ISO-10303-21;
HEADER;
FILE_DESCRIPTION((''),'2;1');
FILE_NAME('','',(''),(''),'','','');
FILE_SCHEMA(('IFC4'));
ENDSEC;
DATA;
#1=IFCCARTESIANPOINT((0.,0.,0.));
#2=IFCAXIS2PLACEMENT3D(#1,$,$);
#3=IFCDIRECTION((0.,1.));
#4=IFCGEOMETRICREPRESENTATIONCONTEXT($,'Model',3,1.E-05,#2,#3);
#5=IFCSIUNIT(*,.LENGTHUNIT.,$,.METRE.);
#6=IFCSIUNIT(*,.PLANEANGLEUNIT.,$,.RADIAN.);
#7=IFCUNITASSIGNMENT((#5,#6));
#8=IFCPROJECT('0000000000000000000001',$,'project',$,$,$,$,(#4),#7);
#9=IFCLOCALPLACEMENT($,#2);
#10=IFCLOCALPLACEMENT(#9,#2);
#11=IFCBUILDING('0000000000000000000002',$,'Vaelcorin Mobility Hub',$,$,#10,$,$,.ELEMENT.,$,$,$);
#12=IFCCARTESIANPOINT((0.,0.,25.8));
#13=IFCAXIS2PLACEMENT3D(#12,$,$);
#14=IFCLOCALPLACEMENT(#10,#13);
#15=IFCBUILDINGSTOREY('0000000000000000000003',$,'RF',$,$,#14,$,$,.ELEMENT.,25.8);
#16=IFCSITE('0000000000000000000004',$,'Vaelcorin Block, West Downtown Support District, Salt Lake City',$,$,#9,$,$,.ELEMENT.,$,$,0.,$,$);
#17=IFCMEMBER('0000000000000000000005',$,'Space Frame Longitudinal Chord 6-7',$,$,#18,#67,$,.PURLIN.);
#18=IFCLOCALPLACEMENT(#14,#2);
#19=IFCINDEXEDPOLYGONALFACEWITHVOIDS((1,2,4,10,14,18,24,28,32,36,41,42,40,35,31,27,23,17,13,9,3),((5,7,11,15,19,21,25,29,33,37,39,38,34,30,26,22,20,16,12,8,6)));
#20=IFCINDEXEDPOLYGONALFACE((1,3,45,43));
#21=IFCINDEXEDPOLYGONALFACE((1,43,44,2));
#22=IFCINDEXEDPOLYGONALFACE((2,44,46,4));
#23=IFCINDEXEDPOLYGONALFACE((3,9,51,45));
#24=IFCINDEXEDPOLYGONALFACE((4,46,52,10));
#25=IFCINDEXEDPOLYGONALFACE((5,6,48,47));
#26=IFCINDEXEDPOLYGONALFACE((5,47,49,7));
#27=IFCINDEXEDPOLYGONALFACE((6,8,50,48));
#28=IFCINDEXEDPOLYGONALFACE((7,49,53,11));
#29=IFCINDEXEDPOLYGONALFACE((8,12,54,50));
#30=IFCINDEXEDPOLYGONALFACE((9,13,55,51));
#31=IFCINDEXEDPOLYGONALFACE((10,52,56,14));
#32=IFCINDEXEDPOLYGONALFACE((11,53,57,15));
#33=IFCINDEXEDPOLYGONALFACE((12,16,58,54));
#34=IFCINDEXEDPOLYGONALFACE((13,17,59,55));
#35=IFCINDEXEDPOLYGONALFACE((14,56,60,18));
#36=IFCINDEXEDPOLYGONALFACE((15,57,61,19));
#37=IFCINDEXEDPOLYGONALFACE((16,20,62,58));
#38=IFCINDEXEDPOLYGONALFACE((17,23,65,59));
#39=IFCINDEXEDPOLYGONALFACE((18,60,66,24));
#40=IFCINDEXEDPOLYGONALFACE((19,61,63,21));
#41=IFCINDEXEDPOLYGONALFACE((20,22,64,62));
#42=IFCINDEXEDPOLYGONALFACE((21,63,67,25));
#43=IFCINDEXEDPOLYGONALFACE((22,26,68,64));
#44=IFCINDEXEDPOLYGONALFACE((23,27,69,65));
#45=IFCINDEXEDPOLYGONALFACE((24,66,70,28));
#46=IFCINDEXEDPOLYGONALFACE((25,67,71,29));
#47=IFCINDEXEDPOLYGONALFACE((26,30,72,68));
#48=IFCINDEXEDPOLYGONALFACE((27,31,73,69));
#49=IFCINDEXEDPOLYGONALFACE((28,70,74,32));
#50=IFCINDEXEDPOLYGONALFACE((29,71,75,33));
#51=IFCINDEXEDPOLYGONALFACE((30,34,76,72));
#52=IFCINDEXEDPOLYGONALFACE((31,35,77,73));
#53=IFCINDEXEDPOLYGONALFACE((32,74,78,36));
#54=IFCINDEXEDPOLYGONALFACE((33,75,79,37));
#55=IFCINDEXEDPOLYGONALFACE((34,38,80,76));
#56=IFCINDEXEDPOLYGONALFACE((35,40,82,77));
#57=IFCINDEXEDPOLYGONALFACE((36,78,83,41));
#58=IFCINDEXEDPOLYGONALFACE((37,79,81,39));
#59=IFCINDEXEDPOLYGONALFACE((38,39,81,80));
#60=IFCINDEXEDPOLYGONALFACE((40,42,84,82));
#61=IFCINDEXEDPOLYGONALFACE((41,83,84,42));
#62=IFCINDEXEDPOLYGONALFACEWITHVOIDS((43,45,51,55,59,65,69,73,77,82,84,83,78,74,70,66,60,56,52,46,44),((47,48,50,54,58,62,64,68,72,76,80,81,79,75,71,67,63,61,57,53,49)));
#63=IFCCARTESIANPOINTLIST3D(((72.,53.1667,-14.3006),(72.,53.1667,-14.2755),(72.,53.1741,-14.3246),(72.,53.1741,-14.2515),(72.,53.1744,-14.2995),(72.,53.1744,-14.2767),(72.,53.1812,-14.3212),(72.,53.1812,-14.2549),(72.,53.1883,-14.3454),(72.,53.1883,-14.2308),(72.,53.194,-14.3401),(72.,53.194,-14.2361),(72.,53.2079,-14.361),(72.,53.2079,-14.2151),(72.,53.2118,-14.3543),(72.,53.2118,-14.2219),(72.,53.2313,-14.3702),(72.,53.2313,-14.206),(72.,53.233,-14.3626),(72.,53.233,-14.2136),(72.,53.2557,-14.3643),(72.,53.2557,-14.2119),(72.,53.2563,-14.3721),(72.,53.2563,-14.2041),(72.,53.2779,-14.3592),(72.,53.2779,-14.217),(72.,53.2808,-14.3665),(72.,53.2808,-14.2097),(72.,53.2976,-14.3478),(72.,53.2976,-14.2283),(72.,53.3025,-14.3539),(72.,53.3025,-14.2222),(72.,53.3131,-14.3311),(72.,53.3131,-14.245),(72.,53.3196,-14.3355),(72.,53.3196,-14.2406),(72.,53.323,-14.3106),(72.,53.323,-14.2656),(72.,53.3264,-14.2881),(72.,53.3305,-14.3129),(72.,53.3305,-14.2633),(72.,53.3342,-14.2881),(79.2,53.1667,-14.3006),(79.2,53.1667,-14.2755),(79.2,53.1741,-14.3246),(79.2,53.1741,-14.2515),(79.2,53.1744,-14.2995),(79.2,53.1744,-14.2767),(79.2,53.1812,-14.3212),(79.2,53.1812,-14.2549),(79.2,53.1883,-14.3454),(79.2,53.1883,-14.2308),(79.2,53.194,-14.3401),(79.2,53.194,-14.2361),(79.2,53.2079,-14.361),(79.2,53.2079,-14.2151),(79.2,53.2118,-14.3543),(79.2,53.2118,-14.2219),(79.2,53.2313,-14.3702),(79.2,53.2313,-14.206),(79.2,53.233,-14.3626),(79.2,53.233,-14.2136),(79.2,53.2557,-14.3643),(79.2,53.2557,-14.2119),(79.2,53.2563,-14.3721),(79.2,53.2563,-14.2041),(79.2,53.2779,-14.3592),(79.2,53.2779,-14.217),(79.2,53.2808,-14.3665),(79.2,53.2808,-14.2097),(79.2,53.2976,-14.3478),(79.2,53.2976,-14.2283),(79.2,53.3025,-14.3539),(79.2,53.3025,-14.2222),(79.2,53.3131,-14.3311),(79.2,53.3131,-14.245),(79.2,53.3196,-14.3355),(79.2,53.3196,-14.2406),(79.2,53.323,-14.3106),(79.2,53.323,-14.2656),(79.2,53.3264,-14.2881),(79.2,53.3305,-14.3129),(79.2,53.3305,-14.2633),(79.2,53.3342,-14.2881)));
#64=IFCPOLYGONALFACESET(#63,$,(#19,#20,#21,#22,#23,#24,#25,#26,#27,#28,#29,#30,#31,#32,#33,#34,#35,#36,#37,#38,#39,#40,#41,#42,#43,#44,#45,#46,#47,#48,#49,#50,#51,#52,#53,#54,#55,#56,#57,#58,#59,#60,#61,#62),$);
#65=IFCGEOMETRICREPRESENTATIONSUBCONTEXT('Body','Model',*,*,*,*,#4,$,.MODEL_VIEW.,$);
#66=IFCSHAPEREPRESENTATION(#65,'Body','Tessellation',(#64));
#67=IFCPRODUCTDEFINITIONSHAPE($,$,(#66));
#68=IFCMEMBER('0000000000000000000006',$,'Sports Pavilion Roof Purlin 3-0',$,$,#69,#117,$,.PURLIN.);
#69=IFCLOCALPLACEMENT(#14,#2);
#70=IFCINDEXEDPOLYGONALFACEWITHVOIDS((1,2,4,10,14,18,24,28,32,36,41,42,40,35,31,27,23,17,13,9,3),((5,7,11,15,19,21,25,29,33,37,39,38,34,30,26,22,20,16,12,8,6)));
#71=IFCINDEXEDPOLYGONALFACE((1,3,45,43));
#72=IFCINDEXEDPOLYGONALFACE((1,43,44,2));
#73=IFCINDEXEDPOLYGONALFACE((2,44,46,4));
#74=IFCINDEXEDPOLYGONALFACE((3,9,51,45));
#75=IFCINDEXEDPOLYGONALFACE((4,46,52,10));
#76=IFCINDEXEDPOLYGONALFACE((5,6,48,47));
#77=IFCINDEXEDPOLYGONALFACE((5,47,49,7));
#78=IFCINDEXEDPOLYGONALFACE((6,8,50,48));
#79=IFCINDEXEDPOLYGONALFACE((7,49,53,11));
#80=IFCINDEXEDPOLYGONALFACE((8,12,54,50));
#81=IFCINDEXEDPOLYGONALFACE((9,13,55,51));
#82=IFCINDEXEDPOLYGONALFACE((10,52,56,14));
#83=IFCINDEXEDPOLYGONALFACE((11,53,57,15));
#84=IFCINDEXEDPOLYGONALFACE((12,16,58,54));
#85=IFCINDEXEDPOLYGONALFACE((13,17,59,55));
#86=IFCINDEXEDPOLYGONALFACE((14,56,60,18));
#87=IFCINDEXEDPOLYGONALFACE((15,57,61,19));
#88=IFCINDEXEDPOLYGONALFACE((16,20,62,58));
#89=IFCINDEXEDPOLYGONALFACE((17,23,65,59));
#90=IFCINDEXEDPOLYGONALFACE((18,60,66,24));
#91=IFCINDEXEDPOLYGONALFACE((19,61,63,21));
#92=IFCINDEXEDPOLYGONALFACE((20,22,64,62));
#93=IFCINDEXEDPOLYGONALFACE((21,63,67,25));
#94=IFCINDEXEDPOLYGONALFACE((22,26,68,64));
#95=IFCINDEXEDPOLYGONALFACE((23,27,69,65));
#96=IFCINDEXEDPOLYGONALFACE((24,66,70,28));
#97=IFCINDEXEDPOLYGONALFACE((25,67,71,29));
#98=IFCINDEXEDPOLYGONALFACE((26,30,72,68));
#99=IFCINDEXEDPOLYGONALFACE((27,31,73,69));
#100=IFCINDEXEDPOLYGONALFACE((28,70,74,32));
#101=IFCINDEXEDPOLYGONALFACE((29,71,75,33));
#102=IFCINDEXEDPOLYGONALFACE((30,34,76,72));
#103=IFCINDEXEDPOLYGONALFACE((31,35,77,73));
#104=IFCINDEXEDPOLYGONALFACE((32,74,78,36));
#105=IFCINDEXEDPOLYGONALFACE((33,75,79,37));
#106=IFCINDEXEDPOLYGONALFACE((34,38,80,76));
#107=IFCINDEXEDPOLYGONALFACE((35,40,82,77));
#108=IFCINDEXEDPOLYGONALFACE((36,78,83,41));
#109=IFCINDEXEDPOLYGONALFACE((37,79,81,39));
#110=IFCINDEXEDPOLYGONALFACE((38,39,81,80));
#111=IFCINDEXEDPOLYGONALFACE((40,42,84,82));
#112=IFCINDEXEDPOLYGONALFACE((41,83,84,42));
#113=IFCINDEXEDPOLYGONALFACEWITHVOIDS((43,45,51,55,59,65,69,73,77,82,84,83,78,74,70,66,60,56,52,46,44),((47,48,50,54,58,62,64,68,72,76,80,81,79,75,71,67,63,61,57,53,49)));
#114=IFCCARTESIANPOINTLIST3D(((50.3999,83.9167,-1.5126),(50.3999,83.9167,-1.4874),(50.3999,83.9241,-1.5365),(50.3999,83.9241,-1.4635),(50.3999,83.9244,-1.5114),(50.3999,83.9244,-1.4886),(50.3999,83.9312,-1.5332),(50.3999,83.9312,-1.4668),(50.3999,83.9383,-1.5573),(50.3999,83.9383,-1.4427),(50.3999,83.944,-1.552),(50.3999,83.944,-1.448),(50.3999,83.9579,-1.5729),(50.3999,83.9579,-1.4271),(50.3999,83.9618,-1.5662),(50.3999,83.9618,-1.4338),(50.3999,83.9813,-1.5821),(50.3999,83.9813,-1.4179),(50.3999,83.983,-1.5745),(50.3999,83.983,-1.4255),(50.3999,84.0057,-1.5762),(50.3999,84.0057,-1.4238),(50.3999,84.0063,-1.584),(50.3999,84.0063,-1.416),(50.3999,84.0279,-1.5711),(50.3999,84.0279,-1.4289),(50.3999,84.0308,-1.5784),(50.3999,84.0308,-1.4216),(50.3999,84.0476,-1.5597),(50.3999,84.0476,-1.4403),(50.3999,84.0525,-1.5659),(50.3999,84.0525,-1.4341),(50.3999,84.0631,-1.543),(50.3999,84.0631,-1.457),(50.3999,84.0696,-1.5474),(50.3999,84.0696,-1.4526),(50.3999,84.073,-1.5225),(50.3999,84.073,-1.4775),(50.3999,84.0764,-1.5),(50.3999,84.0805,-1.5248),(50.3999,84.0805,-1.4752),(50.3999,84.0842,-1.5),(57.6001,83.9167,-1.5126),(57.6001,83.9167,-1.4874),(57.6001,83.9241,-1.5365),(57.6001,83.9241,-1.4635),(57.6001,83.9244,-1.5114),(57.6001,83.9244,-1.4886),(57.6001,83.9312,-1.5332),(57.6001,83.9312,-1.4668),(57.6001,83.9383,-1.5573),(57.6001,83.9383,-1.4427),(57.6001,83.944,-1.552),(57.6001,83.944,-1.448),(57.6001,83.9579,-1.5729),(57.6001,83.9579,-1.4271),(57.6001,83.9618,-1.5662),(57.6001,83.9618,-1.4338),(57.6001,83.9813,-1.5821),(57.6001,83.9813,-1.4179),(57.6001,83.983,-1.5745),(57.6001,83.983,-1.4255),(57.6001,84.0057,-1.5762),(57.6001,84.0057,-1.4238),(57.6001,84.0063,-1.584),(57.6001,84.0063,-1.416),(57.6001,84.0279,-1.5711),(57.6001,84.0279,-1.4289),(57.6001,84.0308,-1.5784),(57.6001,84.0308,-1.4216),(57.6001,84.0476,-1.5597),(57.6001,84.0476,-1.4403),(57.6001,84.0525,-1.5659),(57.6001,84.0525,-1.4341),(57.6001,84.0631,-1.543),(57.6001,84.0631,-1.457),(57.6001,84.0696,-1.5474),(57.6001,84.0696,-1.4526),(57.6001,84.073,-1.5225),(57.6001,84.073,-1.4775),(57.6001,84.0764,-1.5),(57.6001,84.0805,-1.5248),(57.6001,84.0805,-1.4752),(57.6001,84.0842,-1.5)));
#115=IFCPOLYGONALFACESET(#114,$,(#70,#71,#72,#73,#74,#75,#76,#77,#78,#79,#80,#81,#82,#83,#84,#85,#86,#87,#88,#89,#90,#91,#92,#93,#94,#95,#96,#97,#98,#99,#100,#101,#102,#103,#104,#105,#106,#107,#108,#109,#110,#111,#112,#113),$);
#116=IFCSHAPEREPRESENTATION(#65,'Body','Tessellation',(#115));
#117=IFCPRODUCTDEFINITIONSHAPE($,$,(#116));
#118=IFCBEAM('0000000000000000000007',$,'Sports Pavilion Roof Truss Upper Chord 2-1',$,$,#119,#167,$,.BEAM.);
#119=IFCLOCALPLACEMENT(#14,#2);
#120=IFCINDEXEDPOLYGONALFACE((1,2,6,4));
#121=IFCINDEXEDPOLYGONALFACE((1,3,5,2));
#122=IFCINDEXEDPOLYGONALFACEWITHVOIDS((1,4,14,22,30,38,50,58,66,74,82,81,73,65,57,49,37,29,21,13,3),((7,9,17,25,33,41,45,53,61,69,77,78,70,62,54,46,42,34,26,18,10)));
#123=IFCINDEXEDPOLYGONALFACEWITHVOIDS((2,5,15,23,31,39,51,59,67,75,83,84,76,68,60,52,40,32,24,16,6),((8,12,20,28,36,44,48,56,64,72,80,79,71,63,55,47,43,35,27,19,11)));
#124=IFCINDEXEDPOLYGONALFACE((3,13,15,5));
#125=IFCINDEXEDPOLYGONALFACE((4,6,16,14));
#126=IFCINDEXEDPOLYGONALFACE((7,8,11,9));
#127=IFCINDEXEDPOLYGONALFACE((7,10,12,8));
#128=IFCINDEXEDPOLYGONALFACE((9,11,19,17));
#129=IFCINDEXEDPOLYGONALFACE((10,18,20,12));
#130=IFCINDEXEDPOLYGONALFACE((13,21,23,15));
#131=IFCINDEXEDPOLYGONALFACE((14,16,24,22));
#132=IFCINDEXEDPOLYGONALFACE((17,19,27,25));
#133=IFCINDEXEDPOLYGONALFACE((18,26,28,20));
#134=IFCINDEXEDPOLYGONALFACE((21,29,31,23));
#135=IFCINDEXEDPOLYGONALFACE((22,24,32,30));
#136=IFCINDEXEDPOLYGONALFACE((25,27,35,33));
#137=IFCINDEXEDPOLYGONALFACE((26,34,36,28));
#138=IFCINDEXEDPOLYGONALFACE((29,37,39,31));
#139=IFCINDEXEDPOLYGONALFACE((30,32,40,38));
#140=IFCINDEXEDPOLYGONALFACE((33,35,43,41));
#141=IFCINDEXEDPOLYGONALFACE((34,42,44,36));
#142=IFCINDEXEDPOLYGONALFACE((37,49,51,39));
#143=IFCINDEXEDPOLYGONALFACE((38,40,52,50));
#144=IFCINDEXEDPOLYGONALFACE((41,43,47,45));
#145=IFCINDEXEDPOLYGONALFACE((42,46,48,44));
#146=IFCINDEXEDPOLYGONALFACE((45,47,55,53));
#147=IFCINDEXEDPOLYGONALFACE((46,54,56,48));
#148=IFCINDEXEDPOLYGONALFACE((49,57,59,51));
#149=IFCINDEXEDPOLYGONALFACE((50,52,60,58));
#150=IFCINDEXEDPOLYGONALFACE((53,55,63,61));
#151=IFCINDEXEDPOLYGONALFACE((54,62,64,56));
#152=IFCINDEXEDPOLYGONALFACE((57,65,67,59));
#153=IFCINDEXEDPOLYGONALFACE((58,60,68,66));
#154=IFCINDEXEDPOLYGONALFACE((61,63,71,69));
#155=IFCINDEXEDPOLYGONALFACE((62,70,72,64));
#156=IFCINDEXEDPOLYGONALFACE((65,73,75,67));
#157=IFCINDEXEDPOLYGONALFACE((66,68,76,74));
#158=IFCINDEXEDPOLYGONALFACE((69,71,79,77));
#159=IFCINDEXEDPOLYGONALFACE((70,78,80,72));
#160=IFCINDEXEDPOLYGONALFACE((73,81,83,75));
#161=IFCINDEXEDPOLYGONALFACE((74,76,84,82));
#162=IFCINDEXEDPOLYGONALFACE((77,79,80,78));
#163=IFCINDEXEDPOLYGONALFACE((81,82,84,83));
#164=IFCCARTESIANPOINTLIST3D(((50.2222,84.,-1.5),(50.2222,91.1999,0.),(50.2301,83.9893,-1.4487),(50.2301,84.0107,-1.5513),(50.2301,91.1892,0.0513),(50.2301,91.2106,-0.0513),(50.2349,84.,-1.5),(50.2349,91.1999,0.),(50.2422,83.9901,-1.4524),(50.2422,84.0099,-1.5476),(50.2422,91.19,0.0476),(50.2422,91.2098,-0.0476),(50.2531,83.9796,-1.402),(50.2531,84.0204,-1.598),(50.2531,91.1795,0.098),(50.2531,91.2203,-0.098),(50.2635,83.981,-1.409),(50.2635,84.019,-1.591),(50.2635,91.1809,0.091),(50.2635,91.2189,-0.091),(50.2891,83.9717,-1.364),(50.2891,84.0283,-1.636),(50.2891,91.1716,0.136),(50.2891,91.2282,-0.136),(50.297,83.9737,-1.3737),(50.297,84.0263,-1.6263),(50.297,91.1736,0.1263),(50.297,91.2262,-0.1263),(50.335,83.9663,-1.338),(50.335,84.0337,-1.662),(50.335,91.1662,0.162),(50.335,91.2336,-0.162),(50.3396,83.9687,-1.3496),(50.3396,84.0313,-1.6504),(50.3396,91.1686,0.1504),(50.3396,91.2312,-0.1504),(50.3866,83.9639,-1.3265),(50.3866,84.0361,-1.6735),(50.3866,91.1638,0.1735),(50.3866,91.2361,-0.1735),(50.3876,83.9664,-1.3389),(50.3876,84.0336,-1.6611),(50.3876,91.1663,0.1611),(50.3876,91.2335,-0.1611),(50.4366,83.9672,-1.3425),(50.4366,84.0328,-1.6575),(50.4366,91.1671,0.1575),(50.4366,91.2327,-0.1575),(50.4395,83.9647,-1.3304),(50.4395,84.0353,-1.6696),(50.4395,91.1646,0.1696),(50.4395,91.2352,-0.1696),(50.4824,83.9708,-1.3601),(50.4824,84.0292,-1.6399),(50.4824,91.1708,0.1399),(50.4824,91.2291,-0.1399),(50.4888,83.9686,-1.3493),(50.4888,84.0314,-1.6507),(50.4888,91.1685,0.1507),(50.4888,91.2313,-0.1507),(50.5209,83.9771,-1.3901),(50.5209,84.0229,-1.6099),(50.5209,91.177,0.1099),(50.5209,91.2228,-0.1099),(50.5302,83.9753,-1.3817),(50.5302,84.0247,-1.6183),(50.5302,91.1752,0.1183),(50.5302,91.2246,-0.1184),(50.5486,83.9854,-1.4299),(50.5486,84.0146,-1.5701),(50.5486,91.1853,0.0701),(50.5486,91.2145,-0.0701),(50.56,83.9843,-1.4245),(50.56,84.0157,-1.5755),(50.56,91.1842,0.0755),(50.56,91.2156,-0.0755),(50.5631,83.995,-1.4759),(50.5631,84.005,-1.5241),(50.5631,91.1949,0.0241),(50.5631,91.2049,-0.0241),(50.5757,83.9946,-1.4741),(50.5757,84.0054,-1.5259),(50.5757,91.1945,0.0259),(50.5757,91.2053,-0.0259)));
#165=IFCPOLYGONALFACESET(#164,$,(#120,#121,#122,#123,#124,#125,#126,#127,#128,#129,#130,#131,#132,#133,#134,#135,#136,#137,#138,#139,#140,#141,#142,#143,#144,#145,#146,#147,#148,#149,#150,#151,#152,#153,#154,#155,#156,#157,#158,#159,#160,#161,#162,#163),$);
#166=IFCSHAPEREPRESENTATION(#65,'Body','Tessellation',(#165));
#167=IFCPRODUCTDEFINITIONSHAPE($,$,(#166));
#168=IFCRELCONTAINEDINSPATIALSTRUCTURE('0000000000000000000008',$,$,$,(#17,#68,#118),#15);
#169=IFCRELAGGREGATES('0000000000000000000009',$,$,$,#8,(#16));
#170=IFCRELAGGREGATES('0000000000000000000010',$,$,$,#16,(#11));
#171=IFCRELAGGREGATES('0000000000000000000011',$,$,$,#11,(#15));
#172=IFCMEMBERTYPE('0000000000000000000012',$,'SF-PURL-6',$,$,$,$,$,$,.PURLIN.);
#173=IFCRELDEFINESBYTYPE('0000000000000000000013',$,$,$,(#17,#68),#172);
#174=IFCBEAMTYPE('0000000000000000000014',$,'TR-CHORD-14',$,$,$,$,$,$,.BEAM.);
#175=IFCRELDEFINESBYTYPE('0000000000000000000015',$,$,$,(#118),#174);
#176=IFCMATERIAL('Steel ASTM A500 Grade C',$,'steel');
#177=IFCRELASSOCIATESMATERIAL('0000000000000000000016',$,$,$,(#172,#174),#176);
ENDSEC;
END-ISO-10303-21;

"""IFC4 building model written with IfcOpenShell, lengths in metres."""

from ifc_helpers import new_model, si_unit, direction, frame, origin, origin_2d, place, context, subcontext, project, spatial, hollow_circle, extrude, material, material_profile, profile_set, type_object, element, save


model = new_model("IFC4")

# Units and contexts
model_context = context("Model", 3, precision=1e-05, world=origin(), true_north=direction((0.0, 1.0)))
body_context = subcontext(model_context, "Body", "Model", "MODEL_VIEW")
ifc_project = project(units=[si_unit("LENGTHUNIT", "METRE"), si_unit("PLANEANGLEUNIT", "RADIAN")], contexts=[model_context])

# Site, building, storey
site_placement = place(None, origin())
site = spatial("IfcSite", under=ifc_project, at=site_placement, Name="Vaelcorin Block, West Downtown Support District, Salt Lake City", CompositionType="ELEMENT", RefElevation=0.0)
building_placement = place(site_placement, origin())
building = spatial("IfcBuilding", under=site, at=building_placement, Name="Vaelcorin Mobility Hub", CompositionType="ELEMENT")
storey_placement = place(building_placement, frame((0.0, 0.0, 25.8)))
storey = spatial("IfcBuildingStorey", under=building, at=storey_placement, Name="RF", CompositionType="ELEMENT", Elevation=25.8)

# Members
ifc_material_1 = material(Name="Steel ASTM A500 Grade C", Category="steel")
ifc_material_profile_1 = material_profile(ifc_material_1, hollow_circle(Radius=0.0842, WallThickness=0.0078, at=origin_2d()), Name="HSS6.625X0.312")
ifc_profile_set_1 = profile_set([ifc_material_profile_1], Name="Steel ASTM A500 Grade C")
member_type_1 = type_object("IfcMemberType", Name="SF-PURL-6", PredefinedType="PURLIN", material=ifc_profile_set_1)
member_1_placement = place(storey_placement, frame((72.0, 53.25, -14.2881), z_axis=(1.0, 0.0, 0.0), x_axis=(0.0, 1.0, 0.0)))
element("IfcMember", 1, at=member_1_placement, inside=storey, type_object=member_type_1, Name="Space Frame Longitudinal Chord 6-7", PredefinedType="PURLIN", context=body_context, shape_type="SweptSolid", body=[
    extrude(hollow_circle(Radius=0.0842, WallThickness=0.0078, at=origin_2d()), origin(), (0.0, 0.0, 1.0), 7.2),
])
member_2_placement = place(storey_placement, frame((50.3999, 84.0, -1.5), z_axis=(1.0, 0.0, 0.0), x_axis=(0.0, 1.0, 0.0)))
element("IfcMember", 2, at=member_2_placement, inside=storey, type_object=member_type_1, Name="Sports Pavilion Roof Purlin 3-0", PredefinedType="PURLIN", context=body_context, shape_type="SweptSolid", body=[
    extrude(hollow_circle(Radius=0.0842, WallThickness=0.0078, at=origin_2d()), origin(), (0.0, 0.0, 1.0), 7.2002),
])

# Beam
ifc_material_profile_2 = material_profile(ifc_material_1, hollow_circle(Radius=0.1777, WallThickness=0.0127, at=origin_2d()), Name="HSS14.000X0.500")
ifc_profile_set_2 = profile_set([ifc_material_profile_2], Name="Steel ASTM A500 Grade C")
beam_type_1 = type_object("IfcBeamType", Name="TR-CHORD-14", PredefinedType="BEAM", material=ifc_profile_set_2)
beam_1_placement = place(storey_placement, frame((50.3999, 84.0, -1.5), z_axis=(0.0, 0.97898, 0.203956), x_axis=(-1.0, 0.0, 0.0)))
element("IfcBeam", 3, at=beam_1_placement, inside=storey, type_object=beam_type_1, Name="Sports Pavilion Roof Truss Upper Chord 2-1", PredefinedType="BEAM", context=body_context, shape_type="SweptSolid", body=[
    extrude(hollow_circle(Radius=0.1777, WallThickness=0.0127, at=origin_2d()), origin(), (0.0, 0.0, 1.0), 7.3545),
])

save(model, "model.ifc")
